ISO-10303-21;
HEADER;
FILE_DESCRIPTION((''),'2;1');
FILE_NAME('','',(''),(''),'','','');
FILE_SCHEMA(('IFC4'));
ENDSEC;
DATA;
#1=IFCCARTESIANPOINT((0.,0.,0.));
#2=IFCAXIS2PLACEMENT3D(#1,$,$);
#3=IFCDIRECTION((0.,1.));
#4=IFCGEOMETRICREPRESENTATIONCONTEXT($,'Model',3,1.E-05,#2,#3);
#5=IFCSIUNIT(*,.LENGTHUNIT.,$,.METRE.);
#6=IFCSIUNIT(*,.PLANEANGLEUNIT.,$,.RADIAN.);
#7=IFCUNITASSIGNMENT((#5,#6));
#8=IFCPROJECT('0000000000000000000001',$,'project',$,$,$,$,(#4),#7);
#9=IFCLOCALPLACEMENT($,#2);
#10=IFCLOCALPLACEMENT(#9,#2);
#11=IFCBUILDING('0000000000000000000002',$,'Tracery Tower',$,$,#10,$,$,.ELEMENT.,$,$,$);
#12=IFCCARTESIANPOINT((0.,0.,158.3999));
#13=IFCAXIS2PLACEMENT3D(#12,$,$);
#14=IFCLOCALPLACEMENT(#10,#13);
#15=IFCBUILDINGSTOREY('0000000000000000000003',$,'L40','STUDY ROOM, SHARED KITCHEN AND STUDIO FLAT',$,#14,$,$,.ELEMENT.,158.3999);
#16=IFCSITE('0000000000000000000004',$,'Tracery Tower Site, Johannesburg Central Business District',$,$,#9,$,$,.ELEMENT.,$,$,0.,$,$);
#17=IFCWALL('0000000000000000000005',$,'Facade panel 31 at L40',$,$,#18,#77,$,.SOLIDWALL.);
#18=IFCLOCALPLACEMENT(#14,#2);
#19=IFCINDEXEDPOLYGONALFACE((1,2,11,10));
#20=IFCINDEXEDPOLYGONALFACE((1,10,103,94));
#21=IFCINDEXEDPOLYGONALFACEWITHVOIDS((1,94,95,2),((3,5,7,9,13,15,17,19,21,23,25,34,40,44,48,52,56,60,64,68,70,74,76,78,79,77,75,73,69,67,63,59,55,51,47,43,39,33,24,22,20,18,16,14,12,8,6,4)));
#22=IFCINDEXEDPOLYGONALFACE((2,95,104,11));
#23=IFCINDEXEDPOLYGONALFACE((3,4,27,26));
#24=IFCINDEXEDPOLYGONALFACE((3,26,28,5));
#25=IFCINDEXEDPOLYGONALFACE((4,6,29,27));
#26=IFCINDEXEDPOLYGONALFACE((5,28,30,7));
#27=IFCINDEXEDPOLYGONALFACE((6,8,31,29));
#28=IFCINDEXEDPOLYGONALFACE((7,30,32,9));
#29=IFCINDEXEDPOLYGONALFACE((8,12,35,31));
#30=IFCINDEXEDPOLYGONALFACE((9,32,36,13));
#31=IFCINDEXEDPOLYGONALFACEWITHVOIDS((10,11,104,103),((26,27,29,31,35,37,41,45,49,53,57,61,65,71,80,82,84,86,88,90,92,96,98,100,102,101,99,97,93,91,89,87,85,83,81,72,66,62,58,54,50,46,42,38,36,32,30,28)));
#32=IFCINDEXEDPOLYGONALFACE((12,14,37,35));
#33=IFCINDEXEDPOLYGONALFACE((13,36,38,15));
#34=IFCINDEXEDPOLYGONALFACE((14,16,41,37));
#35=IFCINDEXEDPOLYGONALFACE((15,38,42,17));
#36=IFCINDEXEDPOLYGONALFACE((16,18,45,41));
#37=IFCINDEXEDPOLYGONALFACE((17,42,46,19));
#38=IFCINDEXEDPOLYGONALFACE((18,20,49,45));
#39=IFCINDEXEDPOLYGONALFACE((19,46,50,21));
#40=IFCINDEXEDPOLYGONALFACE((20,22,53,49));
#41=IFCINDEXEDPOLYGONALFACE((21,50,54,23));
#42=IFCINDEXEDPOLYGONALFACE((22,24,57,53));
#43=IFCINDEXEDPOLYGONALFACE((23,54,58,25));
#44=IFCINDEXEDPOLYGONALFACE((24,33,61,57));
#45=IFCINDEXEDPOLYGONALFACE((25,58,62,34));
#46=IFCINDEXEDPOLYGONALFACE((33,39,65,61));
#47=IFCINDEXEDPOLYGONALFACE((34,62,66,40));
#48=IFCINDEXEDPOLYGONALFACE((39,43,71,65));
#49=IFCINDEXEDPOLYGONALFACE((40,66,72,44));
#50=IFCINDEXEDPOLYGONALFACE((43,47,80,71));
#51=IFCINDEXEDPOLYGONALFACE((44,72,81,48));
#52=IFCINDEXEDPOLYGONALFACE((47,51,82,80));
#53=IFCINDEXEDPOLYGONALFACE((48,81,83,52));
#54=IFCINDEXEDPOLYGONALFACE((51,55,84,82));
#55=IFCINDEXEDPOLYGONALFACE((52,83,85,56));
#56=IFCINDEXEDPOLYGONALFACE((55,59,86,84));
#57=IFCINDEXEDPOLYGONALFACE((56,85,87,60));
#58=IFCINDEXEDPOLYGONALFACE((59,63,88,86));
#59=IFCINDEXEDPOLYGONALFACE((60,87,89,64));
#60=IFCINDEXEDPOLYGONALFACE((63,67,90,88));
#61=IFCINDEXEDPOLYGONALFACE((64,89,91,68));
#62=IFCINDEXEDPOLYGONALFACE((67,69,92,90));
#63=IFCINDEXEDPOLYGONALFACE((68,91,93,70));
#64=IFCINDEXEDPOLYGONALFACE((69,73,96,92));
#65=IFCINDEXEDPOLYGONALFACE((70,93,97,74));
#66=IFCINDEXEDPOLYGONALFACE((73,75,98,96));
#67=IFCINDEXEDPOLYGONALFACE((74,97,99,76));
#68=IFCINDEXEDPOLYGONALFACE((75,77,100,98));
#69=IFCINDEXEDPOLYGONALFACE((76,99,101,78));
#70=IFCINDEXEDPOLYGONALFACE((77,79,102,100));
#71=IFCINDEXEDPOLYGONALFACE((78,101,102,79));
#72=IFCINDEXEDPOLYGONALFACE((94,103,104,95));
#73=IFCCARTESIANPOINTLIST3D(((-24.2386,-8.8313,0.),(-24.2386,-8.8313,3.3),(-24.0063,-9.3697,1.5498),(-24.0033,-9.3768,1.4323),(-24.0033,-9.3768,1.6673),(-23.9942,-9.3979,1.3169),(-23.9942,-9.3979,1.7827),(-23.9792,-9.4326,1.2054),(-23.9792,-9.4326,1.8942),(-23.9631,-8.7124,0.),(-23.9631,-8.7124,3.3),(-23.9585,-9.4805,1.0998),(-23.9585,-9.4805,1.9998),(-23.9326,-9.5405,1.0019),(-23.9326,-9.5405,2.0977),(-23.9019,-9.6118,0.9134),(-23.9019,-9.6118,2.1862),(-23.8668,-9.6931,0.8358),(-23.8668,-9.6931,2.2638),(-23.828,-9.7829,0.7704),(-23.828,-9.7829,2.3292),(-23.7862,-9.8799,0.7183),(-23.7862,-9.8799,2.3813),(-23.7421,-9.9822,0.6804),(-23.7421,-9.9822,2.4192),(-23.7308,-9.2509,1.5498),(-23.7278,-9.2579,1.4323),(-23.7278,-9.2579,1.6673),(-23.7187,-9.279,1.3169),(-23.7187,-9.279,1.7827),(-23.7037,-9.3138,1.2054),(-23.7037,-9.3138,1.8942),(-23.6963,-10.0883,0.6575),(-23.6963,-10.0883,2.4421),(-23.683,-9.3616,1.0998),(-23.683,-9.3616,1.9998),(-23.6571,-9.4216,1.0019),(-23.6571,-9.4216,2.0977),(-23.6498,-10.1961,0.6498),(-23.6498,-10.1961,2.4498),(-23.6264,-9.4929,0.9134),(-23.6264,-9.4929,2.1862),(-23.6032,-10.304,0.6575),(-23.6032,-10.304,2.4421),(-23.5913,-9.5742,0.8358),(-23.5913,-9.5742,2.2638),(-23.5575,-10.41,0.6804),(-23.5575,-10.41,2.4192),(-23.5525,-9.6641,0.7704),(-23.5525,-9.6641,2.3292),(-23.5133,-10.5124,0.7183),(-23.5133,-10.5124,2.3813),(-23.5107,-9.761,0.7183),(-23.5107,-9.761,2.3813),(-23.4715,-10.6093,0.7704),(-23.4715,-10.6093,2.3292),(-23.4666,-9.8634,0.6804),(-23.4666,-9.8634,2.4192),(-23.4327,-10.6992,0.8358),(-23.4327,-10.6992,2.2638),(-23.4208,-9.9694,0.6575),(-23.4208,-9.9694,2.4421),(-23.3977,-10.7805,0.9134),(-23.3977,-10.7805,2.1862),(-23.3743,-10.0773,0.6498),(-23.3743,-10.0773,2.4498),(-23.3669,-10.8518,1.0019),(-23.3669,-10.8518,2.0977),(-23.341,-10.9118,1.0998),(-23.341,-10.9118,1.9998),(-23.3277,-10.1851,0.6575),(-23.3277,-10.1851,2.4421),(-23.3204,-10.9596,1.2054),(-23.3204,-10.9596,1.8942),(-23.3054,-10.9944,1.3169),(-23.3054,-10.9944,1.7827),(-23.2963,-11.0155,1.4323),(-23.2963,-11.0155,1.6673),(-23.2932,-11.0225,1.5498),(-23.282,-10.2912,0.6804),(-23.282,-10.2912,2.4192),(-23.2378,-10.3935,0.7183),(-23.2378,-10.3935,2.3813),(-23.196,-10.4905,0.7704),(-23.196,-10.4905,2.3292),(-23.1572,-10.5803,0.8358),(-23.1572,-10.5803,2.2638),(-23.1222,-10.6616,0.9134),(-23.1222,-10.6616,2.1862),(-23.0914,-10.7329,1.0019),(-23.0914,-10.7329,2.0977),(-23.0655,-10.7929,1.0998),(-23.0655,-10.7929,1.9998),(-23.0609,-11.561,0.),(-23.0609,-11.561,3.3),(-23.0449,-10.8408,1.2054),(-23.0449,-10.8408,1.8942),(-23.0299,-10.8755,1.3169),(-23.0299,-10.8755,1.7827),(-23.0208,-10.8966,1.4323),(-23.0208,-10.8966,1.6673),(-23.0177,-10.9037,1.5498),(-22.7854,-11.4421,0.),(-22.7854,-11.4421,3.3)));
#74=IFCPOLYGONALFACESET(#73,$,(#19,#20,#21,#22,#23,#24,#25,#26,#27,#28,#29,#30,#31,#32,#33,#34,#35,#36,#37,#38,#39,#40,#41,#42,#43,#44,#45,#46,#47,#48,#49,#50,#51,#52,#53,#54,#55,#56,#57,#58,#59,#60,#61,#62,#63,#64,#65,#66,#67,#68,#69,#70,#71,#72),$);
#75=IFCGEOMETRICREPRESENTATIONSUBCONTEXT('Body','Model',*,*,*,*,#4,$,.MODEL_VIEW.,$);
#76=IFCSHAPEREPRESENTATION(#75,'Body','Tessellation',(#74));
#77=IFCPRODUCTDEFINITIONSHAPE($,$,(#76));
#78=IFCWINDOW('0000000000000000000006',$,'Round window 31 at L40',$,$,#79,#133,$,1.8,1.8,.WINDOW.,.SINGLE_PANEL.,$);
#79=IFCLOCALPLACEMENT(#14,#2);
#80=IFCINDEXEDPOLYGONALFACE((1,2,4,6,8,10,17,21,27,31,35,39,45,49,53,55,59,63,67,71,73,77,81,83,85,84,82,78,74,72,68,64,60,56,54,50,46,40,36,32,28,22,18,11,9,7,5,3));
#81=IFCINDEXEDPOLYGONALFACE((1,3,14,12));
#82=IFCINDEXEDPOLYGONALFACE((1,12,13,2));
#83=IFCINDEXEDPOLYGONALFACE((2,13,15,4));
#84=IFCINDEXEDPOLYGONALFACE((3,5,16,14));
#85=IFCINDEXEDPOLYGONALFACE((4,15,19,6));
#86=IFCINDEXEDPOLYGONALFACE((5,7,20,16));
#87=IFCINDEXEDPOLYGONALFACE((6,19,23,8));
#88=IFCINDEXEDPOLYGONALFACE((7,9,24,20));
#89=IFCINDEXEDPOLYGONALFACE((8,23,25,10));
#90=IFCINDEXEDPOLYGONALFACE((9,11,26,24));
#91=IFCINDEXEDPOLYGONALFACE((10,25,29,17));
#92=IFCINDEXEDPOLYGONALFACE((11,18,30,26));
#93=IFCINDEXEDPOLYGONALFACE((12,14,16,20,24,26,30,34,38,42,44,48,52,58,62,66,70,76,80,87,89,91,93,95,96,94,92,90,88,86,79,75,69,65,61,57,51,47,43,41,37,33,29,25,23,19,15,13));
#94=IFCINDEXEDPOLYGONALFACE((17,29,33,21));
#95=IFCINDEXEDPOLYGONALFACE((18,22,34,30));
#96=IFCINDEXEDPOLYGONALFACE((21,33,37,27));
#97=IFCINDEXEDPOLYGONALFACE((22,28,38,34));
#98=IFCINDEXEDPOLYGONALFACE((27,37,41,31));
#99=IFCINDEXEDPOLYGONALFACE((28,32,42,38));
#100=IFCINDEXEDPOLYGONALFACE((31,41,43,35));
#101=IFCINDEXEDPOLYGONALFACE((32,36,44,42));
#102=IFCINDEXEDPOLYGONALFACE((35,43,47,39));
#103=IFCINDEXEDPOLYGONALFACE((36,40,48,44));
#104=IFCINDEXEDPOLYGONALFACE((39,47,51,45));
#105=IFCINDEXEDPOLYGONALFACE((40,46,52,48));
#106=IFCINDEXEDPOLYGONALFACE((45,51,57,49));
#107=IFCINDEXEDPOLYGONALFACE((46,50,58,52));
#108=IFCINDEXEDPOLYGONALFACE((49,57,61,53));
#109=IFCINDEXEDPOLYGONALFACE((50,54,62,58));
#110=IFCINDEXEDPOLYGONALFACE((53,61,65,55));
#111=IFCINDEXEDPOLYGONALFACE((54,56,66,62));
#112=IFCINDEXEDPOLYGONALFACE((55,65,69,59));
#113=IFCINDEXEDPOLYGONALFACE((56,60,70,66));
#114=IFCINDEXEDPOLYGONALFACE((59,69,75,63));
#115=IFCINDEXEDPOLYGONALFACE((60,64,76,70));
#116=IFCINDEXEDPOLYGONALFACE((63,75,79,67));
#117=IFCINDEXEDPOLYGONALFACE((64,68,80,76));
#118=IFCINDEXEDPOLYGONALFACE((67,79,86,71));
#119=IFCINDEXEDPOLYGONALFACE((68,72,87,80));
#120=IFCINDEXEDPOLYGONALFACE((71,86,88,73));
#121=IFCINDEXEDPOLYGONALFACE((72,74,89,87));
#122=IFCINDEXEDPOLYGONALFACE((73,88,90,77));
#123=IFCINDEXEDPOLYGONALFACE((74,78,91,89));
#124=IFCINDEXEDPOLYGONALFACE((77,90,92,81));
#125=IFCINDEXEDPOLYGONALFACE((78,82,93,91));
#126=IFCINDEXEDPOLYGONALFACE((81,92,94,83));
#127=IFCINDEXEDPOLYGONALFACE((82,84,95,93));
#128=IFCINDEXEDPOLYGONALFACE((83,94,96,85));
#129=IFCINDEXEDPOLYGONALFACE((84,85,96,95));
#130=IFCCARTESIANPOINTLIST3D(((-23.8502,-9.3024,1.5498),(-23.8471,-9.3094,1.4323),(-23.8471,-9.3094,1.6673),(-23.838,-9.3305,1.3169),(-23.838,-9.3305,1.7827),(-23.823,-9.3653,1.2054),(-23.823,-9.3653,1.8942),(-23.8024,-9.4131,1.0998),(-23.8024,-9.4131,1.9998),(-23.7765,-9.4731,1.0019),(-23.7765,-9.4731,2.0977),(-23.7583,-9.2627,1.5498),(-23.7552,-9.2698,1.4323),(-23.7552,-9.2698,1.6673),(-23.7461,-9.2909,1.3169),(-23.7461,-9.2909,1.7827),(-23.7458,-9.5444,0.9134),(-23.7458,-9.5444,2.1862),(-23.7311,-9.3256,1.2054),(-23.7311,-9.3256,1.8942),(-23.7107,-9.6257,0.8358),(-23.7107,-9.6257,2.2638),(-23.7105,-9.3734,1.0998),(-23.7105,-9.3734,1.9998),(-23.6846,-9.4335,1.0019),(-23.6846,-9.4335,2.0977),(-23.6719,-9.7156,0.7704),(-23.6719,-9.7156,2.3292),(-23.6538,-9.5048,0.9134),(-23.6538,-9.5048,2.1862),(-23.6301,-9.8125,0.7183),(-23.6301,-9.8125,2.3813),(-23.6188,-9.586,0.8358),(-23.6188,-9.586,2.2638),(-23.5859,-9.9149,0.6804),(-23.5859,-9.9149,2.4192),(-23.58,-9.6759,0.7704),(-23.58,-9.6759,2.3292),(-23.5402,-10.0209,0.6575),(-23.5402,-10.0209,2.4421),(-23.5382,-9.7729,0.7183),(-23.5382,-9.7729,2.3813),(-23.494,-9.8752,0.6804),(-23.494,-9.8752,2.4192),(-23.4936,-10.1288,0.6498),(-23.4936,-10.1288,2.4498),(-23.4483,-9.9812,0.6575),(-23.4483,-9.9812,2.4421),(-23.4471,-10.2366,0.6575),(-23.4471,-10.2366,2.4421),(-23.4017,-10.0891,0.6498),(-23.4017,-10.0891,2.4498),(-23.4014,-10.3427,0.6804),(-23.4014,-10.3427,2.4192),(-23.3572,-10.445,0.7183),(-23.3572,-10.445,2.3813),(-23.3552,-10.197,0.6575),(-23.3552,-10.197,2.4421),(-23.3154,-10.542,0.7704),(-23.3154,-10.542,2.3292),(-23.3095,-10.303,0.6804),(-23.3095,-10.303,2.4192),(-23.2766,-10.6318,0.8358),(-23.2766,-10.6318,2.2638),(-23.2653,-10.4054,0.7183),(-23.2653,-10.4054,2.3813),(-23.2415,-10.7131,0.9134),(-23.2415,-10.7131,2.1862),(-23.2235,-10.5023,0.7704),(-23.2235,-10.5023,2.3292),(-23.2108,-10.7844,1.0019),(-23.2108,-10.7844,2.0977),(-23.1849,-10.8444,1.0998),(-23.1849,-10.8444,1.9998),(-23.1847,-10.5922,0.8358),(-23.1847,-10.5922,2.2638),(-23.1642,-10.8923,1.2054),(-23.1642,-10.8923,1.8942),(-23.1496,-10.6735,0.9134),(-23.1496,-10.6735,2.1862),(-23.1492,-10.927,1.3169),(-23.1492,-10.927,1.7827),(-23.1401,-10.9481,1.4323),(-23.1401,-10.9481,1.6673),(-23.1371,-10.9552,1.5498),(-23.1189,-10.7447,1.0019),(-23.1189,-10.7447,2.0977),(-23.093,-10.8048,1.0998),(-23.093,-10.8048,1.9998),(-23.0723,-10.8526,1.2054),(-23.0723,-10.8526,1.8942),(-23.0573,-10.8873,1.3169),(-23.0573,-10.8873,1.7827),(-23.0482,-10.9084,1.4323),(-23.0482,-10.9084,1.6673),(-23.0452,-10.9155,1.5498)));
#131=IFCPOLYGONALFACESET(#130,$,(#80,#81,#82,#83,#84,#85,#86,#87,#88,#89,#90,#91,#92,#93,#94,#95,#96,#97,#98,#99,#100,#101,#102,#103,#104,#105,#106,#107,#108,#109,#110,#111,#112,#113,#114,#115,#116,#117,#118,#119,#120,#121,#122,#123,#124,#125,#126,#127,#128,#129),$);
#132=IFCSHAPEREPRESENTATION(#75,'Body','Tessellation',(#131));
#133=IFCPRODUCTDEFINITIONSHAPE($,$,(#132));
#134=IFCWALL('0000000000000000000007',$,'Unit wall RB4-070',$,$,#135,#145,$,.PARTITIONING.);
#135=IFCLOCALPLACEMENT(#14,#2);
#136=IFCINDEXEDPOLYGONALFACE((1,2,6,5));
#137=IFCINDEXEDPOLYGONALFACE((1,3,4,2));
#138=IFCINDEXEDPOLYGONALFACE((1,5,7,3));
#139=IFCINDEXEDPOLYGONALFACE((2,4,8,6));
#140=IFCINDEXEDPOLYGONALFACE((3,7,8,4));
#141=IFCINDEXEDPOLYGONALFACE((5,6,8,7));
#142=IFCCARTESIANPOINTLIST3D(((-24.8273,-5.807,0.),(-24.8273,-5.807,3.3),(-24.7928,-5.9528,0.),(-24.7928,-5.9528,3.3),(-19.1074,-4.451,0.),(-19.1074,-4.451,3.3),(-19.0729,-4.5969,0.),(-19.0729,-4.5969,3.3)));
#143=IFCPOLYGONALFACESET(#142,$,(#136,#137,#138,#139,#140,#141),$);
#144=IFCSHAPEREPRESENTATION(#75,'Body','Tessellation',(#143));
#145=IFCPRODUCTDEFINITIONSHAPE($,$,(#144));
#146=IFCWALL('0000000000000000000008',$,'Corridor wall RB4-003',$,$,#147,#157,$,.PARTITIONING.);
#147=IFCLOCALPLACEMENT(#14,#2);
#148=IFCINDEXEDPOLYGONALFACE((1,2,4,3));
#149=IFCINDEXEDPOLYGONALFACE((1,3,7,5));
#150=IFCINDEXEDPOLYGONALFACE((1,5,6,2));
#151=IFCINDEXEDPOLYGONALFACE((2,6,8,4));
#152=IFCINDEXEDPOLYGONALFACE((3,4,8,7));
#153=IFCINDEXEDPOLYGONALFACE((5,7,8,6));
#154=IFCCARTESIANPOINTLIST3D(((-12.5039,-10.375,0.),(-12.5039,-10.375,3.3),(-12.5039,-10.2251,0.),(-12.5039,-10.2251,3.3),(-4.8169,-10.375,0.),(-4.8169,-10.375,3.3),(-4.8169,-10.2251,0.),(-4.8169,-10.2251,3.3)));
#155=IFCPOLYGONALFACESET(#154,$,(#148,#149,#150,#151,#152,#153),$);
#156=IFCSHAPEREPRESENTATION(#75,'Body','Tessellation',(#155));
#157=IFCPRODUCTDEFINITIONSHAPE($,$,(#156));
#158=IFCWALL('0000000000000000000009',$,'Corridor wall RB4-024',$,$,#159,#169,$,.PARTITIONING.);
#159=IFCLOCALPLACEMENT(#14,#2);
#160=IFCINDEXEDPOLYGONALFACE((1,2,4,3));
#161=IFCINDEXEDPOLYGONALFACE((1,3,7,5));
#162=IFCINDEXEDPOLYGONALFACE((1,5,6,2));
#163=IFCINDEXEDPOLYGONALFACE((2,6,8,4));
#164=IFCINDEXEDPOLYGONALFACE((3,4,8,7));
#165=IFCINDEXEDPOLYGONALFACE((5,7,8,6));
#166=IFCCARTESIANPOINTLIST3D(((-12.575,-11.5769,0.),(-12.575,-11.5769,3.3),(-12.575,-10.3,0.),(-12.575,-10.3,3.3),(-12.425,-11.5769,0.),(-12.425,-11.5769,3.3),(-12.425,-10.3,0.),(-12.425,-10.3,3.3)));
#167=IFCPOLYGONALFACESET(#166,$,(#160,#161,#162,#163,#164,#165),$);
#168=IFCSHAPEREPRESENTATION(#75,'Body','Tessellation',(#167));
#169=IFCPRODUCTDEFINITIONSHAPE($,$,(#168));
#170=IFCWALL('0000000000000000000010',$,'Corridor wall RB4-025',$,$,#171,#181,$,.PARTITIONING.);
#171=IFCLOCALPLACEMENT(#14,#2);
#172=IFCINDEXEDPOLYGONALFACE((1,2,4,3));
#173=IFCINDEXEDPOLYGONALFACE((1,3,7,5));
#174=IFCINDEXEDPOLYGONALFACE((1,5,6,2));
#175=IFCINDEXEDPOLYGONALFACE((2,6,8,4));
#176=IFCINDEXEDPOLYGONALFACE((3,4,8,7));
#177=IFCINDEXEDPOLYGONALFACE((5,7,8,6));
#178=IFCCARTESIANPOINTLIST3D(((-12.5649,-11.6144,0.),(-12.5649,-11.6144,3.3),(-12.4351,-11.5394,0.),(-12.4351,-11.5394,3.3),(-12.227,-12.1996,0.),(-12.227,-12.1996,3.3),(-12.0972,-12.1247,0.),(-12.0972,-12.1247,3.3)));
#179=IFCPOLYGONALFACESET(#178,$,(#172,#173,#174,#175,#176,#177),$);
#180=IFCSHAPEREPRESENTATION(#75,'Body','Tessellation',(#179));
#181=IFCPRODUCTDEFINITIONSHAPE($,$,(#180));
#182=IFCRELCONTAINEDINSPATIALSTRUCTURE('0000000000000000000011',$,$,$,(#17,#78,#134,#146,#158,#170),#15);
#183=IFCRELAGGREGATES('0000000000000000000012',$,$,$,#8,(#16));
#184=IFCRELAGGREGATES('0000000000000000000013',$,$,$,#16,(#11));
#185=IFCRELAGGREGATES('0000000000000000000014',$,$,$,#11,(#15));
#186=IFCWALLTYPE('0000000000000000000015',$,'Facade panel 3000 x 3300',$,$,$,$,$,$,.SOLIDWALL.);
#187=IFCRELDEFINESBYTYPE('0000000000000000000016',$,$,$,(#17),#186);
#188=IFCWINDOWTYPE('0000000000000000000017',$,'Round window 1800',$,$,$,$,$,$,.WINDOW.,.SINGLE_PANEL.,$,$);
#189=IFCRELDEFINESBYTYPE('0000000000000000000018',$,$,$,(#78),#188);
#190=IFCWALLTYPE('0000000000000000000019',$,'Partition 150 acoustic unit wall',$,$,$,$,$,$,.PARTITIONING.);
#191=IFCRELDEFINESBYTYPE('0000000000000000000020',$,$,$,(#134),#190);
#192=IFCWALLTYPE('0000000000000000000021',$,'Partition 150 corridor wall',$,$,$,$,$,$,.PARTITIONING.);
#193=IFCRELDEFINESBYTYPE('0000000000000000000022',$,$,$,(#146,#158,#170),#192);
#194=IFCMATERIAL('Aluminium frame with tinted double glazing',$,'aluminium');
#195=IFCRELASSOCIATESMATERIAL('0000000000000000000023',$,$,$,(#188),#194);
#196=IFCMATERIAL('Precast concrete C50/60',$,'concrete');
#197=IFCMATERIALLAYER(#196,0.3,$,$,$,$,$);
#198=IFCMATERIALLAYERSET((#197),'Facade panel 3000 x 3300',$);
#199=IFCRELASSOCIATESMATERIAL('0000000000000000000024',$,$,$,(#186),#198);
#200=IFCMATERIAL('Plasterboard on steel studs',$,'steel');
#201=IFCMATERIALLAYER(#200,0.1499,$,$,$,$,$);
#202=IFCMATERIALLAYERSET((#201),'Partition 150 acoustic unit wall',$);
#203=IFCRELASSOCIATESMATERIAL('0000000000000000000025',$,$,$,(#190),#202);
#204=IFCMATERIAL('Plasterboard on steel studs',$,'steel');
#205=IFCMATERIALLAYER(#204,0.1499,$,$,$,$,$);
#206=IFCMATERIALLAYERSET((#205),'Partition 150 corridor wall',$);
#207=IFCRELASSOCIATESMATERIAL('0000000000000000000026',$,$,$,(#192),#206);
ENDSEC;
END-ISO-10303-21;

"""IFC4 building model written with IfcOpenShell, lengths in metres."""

from ifc_helpers import new_model, si_unit, direction, frame, frame_2d, origin, origin_2d, place, context, subcontext, project, spatial, rectangle, circle, extrude, material, layer, layer_set, type_object, element, fill, save


model = new_model("IFC4")

# Units and contexts
model_context = context("Model", 3, precision=1e-05, world=origin(), true_north=direction((0.0, 1.0)))
body_context = subcontext(model_context, "Body", "Model", "MODEL_VIEW")
ifc_project = project(units=[si_unit("LENGTHUNIT", "METRE"), si_unit("PLANEANGLEUNIT", "RADIAN")], contexts=[model_context])

# Site, building, storey
site_placement = place(None, origin())
site = spatial("IfcSite", under=ifc_project, at=site_placement, Name="Tracery Tower Site, Johannesburg Central Business District", CompositionType="ELEMENT", RefElevation=0.0)
building_placement = place(site_placement, origin())
building = spatial("IfcBuilding", under=site, at=building_placement, Name="Tracery Tower", CompositionType="ELEMENT")
storey_placement = place(building_placement, frame((0.0, 0.0, 158.3999)))
storey = spatial("IfcBuildingStorey", under=building, at=storey_placement, Name="L40", Description="STUDY ROOM, SHARED KITCHEN AND STUDIO FLAT", CompositionType="ELEMENT", Elevation=158.3999)

# Wall, opening, window
ifc_material_1 = material(Name="Aluminium frame with tinted double glazing", Category="aluminium")
window_type = type_object("IfcWindowType", Name="Round window 1800", PartitioningType="SINGLE_PANEL", PredefinedType="WINDOW", material=ifc_material_1)
ifc_material_2 = material(Name="Precast concrete C50/60", Category="concrete")
ifc_layer_1 = layer(ifc_material_2, 0.3)
ifc_layer_set_1 = layer_set([ifc_layer_1], Name="Facade panel 3000 x 3300")
wall_type_1 = type_object("IfcWallType", Name="Facade panel 3000 x 3300", PredefinedType="SOLIDWALL", material=ifc_layer_set_1)
wall_1_placement = place(storey_placement, frame((-24.1008, -8.772, 0.0), z_axis=(0.0, 0.0, 1.0), x_axis=(0.396148, -0.918187, 0.0)))
wall_1 = element("IfcWall", 1, at=wall_1_placement, inside=storey, type_object=wall_type_1, Name="Facade panel 31 at L40", PredefinedType="SOLIDWALL", context=body_context, shape_type="SweptSolid", body=[
    extrude(rectangle(XDim=2.9729, YDim=0.3, at=frame_2d((1.4863, 0.0))), origin(), (0.0, 0.0, 1.0), 3.3),
])
opening_1_placement = place(wall_1_placement, frame((1.4863, 0.0, 1.5498)))
opening_1 = element("IfcOpeningElement", 2, at=opening_1_placement, cuts=wall_1, PredefinedType="OPENING", context=body_context, shape_type="SweptSolid", body=[
    extrude(circle(Radius=0.9, at=origin_2d()), frame((0.0, 0.1599, 0.0), z_axis=(0.0, -1.0, 0.0), x_axis=(1.0, 0.0, 0.0)), (0.0, 0.0, 1.0), 0.3201),
])
window_1_placement = place(opening_1_placement, origin())
window_1 = element("IfcWindow", 3, at=window_1_placement, inside=storey, type_object=window_type, Name="Round window 31 at L40", OverallHeight=1.8, OverallWidth=1.8, PartitioningType="SINGLE_PANEL", PredefinedType="WINDOW", context=body_context, shape_type="SweptSolid", body=[
    extrude(circle(Radius=0.9, at=origin_2d()), frame((0.0, 0.1201, 0.0), z_axis=(0.0, -1.0, 0.0), x_axis=(1.0, 0.0, 0.0)), (0.0, 0.0, 1.0), 0.1001),
])
fill(opening_1, window_1)

# Walls
ifc_material_3 = material(Name="Plasterboard on steel studs", Category="steel")
ifc_layer_2 = layer(ifc_material_3, 0.1499)
ifc_layer_set_2 = layer_set([ifc_layer_2], Name="Partition 150 acoustic unit wall")
wall_type_2 = type_object("IfcWallType", Name="Partition 150 acoustic unit wall", PredefinedType="PARTITIONING", material=ifc_layer_set_2)
wall_2_placement = place(storey_placement, frame((-24.8101, -5.8799, 0.0), z_axis=(0.0, 0.0, 1.0), x_axis=(0.973033, 0.230664, 0.0)))
element("IfcWall", 4, at=wall_2_placement, inside=storey, type_object=wall_type_2, Name="Unit wall RB4-070", PredefinedType="PARTITIONING", context=body_context, shape_type="SweptSolid", body=[
    extrude(rectangle(XDim=5.8784, YDim=0.1499, at=frame_2d((2.9392, 0.0))), origin(), (0.0, 0.0, 1.0), 3.3),
])
ifc_material_4 = material(Name="Plasterboard on steel studs", Category="steel")
ifc_layer_3 = layer(ifc_material_4, 0.1499)
ifc_layer_set_3 = layer_set([ifc_layer_3], Name="Partition 150 corridor wall")
wall_type_3 = type_object("IfcWallType", Name="Partition 150 corridor wall", PredefinedType="PARTITIONING", material=ifc_layer_set_3)
wall_3_placement = place(storey_placement, frame((-12.5039, -10.3, 0.0), z_axis=(0.0, 0.0, 1.0), x_axis=(1.0, 0.0, 0.0)))
element("IfcWall", 5, at=wall_3_placement, inside=storey, type_object=wall_type_3, Name="Corridor wall RB4-003", PredefinedType="PARTITIONING", context=body_context, shape_type="SweptSolid", body=[
    extrude(rectangle(XDim=7.687, YDim=0.1499, at=frame_2d((3.8435, 0.0))), origin(), (0.0, 0.0, 1.0), 3.3),
])
wall_4_placement = place(storey_placement, frame((-12.5, -11.5769, 0.0), z_axis=(0.0, 0.0, 1.0), x_axis=(0.0, 1.0, 0.0)))
element("IfcWall", 6, at=wall_4_placement, inside=storey, type_object=wall_type_3, Name="Corridor wall RB4-024", PredefinedType="PARTITIONING", context=body_context, shape_type="SweptSolid", body=[
    extrude(rectangle(XDim=1.2769, YDim=0.1499, at=frame_2d((0.6384, 0.0))), origin(), (0.0, 0.0, 1.0), 3.3),
])
wall_5_placement = place(storey_placement, frame((-12.5, -11.5769, 0.0), z_axis=(0.0, 0.0, 1.0), x_axis=(0.500025, -0.866011, 0.0)))
element("IfcWall", 7, at=wall_5_placement, inside=storey, type_object=wall_type_3, Name="Corridor wall RB4-025", PredefinedType="PARTITIONING", context=body_context, shape_type="SweptSolid", body=[
    extrude(rectangle(XDim=0.6758, YDim=0.1499, at=frame_2d((0.3379, 0.0))), origin(), (0.0, 0.0, 1.0), 3.3),
])

save(model, "model.ifc")
